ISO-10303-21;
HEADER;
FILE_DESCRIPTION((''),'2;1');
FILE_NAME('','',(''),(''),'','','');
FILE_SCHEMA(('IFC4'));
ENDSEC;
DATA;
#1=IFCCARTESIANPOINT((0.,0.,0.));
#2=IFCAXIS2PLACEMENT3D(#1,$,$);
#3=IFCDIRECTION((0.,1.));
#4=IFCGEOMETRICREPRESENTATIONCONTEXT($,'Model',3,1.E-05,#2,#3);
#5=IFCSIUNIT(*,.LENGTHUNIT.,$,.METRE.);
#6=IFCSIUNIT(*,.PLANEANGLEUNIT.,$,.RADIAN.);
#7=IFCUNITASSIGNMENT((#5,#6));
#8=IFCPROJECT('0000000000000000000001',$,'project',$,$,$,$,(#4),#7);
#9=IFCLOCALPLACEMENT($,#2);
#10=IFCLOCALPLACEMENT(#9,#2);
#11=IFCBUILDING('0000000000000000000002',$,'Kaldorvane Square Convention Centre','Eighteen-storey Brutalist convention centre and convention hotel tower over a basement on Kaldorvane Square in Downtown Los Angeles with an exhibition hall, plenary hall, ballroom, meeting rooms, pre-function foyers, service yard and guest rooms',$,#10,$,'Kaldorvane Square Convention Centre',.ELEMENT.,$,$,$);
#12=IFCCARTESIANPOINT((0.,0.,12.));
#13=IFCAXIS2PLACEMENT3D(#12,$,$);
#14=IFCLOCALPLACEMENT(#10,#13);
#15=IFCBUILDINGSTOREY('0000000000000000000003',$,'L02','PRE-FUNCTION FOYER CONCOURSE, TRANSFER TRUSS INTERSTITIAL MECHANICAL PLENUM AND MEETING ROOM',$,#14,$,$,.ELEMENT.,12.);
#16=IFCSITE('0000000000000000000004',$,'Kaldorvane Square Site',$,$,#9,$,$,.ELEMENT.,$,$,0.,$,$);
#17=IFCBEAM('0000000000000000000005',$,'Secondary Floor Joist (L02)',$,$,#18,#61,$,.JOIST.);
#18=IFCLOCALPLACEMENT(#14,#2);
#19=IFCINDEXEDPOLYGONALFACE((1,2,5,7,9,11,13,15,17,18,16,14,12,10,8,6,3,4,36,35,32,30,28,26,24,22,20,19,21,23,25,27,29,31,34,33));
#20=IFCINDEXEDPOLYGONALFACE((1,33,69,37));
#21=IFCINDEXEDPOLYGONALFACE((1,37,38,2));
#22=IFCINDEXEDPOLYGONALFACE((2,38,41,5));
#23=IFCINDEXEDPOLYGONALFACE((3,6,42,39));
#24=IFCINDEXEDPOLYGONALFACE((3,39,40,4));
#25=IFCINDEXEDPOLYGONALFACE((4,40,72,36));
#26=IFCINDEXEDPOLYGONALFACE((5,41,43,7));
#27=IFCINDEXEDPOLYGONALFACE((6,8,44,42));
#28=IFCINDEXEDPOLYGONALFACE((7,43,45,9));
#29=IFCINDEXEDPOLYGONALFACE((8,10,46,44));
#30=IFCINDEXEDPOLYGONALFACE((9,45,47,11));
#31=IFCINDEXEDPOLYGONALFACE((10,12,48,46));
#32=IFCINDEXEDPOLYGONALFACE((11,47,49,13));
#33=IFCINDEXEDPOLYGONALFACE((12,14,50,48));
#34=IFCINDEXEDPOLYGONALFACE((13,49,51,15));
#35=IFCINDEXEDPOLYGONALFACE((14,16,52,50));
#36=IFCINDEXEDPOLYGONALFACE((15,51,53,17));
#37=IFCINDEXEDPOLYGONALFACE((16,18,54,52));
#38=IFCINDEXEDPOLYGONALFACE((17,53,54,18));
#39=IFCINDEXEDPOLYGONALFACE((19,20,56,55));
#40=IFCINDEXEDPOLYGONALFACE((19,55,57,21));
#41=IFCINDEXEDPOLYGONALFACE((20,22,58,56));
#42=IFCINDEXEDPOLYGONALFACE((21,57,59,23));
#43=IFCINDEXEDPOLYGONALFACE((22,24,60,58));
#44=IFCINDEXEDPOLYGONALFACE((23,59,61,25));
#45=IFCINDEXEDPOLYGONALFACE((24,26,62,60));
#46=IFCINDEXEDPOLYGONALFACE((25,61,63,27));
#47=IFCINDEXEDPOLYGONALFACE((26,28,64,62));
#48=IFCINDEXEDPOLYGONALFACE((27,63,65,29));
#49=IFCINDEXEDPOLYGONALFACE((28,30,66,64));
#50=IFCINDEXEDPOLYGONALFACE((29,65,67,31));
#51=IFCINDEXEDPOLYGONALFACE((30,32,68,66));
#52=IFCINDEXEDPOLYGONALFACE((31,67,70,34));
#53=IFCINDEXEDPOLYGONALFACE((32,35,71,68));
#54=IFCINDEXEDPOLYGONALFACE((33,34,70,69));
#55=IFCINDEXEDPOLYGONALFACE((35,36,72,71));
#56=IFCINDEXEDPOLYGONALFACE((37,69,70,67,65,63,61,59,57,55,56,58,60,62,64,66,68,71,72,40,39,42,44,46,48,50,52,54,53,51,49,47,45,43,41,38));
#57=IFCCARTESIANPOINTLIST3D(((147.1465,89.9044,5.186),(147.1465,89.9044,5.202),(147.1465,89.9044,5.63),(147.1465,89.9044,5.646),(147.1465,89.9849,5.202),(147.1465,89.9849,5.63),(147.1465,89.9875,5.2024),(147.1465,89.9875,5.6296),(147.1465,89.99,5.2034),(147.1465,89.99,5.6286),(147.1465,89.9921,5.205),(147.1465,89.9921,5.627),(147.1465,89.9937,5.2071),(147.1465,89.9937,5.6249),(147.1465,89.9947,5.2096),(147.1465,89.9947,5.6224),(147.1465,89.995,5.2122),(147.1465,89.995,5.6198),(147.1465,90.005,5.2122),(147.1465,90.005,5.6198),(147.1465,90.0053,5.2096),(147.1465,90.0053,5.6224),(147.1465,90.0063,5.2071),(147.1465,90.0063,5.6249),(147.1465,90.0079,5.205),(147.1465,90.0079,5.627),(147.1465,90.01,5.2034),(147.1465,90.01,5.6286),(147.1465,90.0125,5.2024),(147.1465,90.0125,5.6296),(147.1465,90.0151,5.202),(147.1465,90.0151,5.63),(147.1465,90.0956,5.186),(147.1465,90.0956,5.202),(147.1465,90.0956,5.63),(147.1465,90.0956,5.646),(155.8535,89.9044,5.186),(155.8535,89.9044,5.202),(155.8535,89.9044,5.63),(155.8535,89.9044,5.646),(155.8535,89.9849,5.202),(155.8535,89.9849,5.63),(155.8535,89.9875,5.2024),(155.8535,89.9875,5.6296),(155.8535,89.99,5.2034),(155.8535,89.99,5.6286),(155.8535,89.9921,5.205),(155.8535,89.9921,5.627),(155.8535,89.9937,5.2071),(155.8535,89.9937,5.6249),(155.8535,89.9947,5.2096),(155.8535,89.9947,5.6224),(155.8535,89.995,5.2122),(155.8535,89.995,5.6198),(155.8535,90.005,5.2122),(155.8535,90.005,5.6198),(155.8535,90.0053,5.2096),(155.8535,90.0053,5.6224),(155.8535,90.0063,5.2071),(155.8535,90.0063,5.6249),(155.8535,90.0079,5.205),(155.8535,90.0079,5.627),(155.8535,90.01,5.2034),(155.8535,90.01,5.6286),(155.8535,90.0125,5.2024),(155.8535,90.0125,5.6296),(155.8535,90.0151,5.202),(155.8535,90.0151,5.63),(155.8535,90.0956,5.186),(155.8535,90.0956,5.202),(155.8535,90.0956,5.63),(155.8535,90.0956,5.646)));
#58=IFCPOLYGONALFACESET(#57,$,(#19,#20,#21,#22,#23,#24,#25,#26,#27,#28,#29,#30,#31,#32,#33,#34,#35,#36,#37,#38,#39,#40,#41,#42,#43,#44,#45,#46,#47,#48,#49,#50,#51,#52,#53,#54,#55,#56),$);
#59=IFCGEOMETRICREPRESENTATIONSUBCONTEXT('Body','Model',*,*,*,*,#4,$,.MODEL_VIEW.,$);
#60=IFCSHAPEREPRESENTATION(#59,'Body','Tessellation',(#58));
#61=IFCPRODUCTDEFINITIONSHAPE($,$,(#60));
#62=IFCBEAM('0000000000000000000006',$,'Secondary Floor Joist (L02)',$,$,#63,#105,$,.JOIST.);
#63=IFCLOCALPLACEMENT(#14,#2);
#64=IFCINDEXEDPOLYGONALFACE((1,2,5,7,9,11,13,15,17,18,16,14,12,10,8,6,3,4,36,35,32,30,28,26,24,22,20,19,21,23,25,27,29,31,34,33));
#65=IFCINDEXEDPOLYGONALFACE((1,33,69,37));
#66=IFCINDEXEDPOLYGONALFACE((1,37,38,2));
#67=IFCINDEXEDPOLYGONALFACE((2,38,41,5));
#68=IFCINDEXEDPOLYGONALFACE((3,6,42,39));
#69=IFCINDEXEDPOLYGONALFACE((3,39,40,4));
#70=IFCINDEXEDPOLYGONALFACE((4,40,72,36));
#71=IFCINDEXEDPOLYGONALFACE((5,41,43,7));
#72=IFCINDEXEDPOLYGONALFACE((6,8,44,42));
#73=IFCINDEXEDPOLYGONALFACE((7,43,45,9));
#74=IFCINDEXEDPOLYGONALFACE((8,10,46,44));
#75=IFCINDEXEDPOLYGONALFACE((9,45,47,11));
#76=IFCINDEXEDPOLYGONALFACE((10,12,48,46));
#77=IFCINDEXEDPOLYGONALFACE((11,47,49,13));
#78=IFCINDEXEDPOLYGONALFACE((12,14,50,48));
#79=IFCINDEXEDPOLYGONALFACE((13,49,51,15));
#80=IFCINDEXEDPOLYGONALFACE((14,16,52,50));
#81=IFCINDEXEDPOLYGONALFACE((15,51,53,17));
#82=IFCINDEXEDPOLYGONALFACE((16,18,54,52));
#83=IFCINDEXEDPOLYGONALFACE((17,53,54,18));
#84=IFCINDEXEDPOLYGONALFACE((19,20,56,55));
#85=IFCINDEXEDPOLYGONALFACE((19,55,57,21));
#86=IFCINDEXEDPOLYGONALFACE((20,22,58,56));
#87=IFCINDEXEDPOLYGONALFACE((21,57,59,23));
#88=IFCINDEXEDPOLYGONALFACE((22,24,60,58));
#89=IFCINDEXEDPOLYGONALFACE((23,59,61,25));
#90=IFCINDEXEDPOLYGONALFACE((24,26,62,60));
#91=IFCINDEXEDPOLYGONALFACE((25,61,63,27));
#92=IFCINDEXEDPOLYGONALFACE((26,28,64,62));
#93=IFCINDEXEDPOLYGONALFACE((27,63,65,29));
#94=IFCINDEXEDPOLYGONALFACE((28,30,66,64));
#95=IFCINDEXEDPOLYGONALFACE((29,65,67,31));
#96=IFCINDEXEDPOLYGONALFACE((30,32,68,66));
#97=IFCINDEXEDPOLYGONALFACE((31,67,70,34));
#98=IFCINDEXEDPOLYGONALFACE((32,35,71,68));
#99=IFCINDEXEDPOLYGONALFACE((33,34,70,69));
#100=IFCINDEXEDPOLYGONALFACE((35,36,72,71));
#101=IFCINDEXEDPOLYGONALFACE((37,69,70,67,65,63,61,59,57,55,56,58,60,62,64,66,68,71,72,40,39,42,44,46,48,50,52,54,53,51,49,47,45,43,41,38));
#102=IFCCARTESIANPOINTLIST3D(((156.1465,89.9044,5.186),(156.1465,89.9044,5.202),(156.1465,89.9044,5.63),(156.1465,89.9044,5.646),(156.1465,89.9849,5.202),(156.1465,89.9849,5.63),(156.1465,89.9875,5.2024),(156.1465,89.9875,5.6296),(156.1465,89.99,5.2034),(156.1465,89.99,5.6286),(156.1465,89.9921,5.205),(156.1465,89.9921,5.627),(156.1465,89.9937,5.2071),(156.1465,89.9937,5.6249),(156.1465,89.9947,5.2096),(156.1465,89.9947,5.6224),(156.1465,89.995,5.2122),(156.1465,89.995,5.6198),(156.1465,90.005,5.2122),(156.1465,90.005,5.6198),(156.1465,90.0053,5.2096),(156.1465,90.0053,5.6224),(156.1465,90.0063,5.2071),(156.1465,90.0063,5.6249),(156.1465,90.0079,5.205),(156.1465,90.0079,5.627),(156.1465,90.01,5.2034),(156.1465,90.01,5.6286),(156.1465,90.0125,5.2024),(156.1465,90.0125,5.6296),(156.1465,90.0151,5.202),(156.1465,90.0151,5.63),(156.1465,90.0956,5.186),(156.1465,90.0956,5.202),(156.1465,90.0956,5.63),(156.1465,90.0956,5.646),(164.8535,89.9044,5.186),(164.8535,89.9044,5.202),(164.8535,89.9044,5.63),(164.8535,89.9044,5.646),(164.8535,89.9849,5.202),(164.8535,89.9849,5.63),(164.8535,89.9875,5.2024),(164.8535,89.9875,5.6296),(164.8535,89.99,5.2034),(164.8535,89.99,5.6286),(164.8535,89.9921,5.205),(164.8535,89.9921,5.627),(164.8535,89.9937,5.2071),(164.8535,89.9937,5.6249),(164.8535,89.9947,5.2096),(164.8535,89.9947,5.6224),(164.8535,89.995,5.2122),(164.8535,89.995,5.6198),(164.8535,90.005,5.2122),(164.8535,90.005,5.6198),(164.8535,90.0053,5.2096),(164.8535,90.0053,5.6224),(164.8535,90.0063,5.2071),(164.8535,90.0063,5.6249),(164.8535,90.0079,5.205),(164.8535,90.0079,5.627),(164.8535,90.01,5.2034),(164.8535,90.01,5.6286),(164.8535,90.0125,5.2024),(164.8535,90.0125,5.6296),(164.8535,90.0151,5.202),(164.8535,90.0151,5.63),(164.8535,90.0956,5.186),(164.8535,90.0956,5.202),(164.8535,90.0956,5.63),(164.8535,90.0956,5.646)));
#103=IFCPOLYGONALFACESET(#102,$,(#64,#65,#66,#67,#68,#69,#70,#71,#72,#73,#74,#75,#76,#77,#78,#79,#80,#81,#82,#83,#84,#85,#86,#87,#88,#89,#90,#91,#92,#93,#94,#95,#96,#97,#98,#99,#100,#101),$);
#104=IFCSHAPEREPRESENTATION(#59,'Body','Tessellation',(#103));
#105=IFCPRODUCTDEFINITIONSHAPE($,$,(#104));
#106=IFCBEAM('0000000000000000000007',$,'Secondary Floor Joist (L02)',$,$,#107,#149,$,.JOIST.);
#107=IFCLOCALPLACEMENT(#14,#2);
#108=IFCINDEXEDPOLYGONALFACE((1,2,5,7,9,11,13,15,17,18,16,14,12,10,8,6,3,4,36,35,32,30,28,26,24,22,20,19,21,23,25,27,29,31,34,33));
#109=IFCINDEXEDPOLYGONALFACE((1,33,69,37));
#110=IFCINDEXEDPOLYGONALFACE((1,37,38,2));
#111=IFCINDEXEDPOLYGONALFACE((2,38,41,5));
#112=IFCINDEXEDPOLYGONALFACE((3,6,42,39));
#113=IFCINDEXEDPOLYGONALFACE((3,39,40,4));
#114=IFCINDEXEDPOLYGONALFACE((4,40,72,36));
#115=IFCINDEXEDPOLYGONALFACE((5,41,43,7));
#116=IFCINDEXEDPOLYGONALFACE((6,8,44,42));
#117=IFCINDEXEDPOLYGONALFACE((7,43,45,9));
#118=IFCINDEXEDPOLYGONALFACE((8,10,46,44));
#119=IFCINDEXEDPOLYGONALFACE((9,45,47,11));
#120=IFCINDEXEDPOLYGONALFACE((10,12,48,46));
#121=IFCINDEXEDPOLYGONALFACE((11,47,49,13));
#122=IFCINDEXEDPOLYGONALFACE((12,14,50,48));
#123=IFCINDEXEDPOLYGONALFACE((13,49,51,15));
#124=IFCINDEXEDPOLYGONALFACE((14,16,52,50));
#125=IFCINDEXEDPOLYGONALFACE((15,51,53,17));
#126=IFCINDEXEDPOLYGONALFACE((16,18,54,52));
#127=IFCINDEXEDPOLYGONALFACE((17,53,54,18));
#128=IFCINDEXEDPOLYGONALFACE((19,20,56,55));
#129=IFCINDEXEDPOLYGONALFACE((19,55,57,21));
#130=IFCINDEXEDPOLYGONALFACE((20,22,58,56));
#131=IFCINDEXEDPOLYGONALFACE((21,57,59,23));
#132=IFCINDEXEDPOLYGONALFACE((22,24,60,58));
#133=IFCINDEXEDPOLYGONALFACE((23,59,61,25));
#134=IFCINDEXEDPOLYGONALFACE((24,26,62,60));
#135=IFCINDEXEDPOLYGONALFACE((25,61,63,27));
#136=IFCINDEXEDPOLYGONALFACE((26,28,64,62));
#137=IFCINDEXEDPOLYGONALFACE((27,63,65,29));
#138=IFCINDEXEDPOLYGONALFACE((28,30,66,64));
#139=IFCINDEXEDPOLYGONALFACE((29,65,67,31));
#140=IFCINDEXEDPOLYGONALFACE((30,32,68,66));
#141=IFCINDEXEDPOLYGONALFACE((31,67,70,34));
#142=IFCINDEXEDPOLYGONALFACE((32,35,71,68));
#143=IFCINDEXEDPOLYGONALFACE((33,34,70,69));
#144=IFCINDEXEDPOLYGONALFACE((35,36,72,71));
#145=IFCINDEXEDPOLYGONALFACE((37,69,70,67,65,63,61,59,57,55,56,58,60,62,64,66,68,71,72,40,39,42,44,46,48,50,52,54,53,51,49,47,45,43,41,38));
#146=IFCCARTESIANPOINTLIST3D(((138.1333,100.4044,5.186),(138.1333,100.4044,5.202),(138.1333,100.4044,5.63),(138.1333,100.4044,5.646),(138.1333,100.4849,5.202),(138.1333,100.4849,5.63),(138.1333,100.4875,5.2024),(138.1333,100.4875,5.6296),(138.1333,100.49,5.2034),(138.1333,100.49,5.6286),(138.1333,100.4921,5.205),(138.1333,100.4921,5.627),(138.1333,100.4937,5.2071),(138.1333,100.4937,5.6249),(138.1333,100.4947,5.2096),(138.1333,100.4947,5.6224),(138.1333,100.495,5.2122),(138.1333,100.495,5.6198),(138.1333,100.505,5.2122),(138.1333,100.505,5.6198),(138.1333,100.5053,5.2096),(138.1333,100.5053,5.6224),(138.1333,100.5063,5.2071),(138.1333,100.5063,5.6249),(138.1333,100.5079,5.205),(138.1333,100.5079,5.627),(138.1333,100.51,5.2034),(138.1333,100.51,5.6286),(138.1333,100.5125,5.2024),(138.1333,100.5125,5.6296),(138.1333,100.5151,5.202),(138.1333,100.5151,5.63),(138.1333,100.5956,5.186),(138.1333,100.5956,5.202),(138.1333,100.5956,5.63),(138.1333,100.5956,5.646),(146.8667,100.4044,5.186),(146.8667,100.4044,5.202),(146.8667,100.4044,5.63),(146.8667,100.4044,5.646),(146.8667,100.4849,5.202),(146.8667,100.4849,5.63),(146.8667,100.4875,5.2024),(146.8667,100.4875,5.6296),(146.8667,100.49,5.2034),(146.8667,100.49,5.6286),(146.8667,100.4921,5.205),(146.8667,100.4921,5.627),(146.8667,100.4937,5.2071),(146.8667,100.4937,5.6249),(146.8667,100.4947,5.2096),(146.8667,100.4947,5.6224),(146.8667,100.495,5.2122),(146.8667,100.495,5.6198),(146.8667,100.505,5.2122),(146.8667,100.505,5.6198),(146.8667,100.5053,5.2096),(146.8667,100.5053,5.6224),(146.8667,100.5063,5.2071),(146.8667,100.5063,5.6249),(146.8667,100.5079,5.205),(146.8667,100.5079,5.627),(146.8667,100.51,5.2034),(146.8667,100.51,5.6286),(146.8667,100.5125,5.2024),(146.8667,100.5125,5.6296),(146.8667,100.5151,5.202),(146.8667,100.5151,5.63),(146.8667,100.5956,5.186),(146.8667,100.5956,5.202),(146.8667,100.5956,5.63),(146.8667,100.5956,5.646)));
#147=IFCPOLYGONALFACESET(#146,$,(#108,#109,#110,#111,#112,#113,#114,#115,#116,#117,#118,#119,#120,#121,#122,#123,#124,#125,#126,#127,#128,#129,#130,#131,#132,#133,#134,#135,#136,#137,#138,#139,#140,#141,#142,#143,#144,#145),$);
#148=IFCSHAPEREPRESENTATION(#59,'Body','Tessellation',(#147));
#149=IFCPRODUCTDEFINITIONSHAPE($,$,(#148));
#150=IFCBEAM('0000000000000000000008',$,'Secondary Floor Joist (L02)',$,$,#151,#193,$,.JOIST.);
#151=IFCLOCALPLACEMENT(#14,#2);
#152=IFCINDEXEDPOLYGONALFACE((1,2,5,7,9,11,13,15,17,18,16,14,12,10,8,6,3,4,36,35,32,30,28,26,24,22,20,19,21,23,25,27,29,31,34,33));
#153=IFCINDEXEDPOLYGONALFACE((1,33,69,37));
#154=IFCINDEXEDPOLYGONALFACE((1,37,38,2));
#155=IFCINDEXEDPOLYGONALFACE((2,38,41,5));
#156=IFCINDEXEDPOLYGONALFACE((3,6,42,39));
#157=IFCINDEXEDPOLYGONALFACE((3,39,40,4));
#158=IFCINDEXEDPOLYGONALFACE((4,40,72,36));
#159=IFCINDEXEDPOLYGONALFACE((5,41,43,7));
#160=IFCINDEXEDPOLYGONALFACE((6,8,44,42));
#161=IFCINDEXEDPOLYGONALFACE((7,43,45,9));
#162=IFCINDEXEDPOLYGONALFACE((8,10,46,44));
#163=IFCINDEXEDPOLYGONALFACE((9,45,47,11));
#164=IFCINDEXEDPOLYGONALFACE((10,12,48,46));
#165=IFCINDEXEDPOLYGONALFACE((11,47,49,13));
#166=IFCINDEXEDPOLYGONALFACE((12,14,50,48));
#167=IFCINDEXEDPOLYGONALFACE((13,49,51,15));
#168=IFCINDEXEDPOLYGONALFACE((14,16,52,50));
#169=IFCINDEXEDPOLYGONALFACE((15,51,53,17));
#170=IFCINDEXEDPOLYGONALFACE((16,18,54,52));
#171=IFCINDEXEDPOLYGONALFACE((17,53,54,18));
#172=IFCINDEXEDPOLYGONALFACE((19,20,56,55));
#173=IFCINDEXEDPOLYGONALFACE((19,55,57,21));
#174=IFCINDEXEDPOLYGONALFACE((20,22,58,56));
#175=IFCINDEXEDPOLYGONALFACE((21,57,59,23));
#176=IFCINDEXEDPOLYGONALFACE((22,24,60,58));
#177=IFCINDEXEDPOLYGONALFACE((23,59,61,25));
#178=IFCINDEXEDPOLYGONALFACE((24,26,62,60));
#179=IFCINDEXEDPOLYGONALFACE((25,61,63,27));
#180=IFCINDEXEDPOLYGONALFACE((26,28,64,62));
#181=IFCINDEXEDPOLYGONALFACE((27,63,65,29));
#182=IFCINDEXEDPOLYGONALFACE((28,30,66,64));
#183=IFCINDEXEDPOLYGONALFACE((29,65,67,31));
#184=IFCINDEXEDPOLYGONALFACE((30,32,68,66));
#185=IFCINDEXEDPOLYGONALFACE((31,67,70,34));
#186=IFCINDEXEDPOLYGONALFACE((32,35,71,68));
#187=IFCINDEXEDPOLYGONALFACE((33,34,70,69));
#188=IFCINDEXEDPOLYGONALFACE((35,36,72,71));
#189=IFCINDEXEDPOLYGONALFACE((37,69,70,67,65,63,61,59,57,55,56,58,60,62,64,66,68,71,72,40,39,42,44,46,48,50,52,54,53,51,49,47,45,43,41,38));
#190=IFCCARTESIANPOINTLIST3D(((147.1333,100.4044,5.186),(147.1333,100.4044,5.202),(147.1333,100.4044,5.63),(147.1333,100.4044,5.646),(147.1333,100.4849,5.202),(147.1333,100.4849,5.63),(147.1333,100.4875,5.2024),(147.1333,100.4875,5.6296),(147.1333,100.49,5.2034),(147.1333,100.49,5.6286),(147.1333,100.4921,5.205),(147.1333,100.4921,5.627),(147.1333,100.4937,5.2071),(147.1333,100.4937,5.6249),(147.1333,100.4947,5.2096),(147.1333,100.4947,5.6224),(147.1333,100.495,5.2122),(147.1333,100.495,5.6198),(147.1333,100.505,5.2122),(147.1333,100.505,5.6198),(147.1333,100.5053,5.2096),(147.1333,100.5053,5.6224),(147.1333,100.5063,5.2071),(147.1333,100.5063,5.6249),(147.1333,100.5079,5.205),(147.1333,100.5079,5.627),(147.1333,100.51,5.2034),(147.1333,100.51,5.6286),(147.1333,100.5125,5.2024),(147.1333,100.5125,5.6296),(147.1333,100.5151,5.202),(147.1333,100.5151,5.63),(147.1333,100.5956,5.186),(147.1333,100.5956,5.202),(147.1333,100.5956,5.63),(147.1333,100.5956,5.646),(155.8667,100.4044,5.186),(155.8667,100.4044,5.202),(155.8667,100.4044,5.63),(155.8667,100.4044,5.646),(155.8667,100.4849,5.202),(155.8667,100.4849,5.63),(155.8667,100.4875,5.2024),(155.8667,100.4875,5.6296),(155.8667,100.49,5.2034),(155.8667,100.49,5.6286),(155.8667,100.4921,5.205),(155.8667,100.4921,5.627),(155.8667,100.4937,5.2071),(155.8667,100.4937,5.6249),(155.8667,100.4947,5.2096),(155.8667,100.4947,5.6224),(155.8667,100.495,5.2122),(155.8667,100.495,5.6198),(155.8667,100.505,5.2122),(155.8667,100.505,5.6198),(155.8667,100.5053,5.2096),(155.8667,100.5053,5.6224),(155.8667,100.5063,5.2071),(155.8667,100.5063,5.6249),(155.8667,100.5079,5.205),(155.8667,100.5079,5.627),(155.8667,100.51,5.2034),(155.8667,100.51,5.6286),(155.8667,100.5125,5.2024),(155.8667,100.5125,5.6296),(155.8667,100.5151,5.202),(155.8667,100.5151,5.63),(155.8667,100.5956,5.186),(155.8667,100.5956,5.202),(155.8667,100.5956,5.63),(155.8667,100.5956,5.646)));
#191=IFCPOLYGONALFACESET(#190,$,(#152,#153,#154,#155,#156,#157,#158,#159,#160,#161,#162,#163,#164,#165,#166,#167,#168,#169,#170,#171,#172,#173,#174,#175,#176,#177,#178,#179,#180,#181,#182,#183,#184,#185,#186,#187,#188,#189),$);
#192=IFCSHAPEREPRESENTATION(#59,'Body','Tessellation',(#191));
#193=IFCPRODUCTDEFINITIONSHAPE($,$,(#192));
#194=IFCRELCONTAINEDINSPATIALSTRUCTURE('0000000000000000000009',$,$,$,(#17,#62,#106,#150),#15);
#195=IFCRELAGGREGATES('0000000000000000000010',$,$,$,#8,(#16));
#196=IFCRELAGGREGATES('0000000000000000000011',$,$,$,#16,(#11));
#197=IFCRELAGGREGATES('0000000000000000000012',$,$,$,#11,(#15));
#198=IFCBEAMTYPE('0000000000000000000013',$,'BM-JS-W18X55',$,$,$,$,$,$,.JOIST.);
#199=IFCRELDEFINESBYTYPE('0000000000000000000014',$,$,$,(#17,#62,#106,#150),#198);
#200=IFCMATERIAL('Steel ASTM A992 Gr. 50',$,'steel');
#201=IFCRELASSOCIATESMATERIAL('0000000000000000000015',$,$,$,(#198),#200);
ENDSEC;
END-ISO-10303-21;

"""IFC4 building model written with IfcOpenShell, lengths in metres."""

from ifc_helpers import new_model, si_unit, direction, frame, origin, origin_2d, place, context, subcontext, project, spatial, i_section, extrude, material, material_profile, profile_set, type_object, element, save


model = new_model("IFC4")

# Units and contexts
model_context = context("Model", 3, precision=1e-05, world=origin(), true_north=direction((0.0, 1.0)))
body_context = subcontext(model_context, "Body", "Model", "MODEL_VIEW")
ifc_project = project(units=[si_unit("LENGTHUNIT", "METRE"), si_unit("PLANEANGLEUNIT", "RADIAN")], contexts=[model_context])

# Site, building, storey
site_placement = place(None, origin())
site = spatial("IfcSite", under=ifc_project, at=site_placement, Name="Kaldorvane Square Site", CompositionType="ELEMENT", RefElevation=0.0)
building_placement = place(site_placement, origin())
building = spatial("IfcBuilding", under=site, at=building_placement, Name="Kaldorvane Square Convention Centre", Description="Eighteen-storey Brutalist convention centre and convention hotel tower over a basement on Kaldorvane Square in Downtown Los Angeles with an exhibition hall, plenary hall, ballroom, meeting rooms, pre-function foyers, service yard and guest rooms", LongName="Kaldorvane Square Convention Centre", CompositionType="ELEMENT")
storey_placement = place(building_placement, frame((0.0, 0.0, 12.0)))
storey = spatial("IfcBuildingStorey", under=building, at=storey_placement, Name="L02", Description="PRE-FUNCTION FOYER CONCOURSE, TRANSFER TRUSS INTERSTITIAL MECHANICAL PLENUM AND MEETING ROOM", CompositionType="ELEMENT", Elevation=12.0)

# Shared definitions
ifc_material_1 = material(Name="Steel ASTM A992 Gr. 50", Category="steel")

# Beams
ifc_material_profile_1 = material_profile(ifc_material_1, i_section(OverallWidth=0.1913, OverallDepth=0.46, WebThickness=0.0099, FlangeThickness=0.016, FilletRadius=0.0102, at=origin_2d()), Name="W18X55")
ifc_profile_set_1 = profile_set([ifc_material_profile_1], Name="Steel ASTM A992 Gr. 50")
beam_type_1 = type_object("IfcBeamType", Name="BM-JS-W18X55", PredefinedType="JOIST", material=ifc_profile_set_1)
for number, where, z_axis, x_axis, name in (
    (1, (147.1465, 90.0, 5.416), (1.0, 0.0, 0.0), (0.0, 1.0, 0.0), "Secondary Floor Joist (L02)"),
    (2, (156.1465, 90.0, 5.416), (1.0, 0.0, 0.0), (0.0, 1.0, 0.0), "Secondary Floor Joist (L02)"),
):
    element("IfcBeam", number, at=place(storey_placement, frame(where, z_axis=z_axis, x_axis=x_axis)), inside=storey, type_object=beam_type_1, Name=name, PredefinedType="JOIST", context=body_context, shape_type="SweptSolid", body=[
        extrude(i_section(OverallWidth=0.1913, OverallDepth=0.46, WebThickness=0.0099, FlangeThickness=0.016, FilletRadius=0.0102, at=origin_2d()), origin(), (0.0, 0.0, 1.0), 8.707),
    ])
for number, where, z_axis, x_axis, name in (
    (3, (138.1333, 100.5, 5.416), (1.0, 0.0, 0.0), (0.0, 1.0, 0.0), "Secondary Floor Joist (L02)"),
    (4, (147.1333, 100.5, 5.416), (1.0, 0.0, 0.0), (0.0, 1.0, 0.0), "Secondary Floor Joist (L02)"),
):
    element("IfcBeam", number, at=place(storey_placement, frame(where, z_axis=z_axis, x_axis=x_axis)), inside=storey, type_object=beam_type_1, Name=name, PredefinedType="JOIST", context=body_context, shape_type="SweptSolid", body=[
        extrude(i_section(OverallWidth=0.1913, OverallDepth=0.46, WebThickness=0.0099, FlangeThickness=0.016, FilletRadius=0.0102, at=origin_2d()), origin(), (0.0, 0.0, 1.0), 8.7334),
    ])

save(model, "model.ifc")
